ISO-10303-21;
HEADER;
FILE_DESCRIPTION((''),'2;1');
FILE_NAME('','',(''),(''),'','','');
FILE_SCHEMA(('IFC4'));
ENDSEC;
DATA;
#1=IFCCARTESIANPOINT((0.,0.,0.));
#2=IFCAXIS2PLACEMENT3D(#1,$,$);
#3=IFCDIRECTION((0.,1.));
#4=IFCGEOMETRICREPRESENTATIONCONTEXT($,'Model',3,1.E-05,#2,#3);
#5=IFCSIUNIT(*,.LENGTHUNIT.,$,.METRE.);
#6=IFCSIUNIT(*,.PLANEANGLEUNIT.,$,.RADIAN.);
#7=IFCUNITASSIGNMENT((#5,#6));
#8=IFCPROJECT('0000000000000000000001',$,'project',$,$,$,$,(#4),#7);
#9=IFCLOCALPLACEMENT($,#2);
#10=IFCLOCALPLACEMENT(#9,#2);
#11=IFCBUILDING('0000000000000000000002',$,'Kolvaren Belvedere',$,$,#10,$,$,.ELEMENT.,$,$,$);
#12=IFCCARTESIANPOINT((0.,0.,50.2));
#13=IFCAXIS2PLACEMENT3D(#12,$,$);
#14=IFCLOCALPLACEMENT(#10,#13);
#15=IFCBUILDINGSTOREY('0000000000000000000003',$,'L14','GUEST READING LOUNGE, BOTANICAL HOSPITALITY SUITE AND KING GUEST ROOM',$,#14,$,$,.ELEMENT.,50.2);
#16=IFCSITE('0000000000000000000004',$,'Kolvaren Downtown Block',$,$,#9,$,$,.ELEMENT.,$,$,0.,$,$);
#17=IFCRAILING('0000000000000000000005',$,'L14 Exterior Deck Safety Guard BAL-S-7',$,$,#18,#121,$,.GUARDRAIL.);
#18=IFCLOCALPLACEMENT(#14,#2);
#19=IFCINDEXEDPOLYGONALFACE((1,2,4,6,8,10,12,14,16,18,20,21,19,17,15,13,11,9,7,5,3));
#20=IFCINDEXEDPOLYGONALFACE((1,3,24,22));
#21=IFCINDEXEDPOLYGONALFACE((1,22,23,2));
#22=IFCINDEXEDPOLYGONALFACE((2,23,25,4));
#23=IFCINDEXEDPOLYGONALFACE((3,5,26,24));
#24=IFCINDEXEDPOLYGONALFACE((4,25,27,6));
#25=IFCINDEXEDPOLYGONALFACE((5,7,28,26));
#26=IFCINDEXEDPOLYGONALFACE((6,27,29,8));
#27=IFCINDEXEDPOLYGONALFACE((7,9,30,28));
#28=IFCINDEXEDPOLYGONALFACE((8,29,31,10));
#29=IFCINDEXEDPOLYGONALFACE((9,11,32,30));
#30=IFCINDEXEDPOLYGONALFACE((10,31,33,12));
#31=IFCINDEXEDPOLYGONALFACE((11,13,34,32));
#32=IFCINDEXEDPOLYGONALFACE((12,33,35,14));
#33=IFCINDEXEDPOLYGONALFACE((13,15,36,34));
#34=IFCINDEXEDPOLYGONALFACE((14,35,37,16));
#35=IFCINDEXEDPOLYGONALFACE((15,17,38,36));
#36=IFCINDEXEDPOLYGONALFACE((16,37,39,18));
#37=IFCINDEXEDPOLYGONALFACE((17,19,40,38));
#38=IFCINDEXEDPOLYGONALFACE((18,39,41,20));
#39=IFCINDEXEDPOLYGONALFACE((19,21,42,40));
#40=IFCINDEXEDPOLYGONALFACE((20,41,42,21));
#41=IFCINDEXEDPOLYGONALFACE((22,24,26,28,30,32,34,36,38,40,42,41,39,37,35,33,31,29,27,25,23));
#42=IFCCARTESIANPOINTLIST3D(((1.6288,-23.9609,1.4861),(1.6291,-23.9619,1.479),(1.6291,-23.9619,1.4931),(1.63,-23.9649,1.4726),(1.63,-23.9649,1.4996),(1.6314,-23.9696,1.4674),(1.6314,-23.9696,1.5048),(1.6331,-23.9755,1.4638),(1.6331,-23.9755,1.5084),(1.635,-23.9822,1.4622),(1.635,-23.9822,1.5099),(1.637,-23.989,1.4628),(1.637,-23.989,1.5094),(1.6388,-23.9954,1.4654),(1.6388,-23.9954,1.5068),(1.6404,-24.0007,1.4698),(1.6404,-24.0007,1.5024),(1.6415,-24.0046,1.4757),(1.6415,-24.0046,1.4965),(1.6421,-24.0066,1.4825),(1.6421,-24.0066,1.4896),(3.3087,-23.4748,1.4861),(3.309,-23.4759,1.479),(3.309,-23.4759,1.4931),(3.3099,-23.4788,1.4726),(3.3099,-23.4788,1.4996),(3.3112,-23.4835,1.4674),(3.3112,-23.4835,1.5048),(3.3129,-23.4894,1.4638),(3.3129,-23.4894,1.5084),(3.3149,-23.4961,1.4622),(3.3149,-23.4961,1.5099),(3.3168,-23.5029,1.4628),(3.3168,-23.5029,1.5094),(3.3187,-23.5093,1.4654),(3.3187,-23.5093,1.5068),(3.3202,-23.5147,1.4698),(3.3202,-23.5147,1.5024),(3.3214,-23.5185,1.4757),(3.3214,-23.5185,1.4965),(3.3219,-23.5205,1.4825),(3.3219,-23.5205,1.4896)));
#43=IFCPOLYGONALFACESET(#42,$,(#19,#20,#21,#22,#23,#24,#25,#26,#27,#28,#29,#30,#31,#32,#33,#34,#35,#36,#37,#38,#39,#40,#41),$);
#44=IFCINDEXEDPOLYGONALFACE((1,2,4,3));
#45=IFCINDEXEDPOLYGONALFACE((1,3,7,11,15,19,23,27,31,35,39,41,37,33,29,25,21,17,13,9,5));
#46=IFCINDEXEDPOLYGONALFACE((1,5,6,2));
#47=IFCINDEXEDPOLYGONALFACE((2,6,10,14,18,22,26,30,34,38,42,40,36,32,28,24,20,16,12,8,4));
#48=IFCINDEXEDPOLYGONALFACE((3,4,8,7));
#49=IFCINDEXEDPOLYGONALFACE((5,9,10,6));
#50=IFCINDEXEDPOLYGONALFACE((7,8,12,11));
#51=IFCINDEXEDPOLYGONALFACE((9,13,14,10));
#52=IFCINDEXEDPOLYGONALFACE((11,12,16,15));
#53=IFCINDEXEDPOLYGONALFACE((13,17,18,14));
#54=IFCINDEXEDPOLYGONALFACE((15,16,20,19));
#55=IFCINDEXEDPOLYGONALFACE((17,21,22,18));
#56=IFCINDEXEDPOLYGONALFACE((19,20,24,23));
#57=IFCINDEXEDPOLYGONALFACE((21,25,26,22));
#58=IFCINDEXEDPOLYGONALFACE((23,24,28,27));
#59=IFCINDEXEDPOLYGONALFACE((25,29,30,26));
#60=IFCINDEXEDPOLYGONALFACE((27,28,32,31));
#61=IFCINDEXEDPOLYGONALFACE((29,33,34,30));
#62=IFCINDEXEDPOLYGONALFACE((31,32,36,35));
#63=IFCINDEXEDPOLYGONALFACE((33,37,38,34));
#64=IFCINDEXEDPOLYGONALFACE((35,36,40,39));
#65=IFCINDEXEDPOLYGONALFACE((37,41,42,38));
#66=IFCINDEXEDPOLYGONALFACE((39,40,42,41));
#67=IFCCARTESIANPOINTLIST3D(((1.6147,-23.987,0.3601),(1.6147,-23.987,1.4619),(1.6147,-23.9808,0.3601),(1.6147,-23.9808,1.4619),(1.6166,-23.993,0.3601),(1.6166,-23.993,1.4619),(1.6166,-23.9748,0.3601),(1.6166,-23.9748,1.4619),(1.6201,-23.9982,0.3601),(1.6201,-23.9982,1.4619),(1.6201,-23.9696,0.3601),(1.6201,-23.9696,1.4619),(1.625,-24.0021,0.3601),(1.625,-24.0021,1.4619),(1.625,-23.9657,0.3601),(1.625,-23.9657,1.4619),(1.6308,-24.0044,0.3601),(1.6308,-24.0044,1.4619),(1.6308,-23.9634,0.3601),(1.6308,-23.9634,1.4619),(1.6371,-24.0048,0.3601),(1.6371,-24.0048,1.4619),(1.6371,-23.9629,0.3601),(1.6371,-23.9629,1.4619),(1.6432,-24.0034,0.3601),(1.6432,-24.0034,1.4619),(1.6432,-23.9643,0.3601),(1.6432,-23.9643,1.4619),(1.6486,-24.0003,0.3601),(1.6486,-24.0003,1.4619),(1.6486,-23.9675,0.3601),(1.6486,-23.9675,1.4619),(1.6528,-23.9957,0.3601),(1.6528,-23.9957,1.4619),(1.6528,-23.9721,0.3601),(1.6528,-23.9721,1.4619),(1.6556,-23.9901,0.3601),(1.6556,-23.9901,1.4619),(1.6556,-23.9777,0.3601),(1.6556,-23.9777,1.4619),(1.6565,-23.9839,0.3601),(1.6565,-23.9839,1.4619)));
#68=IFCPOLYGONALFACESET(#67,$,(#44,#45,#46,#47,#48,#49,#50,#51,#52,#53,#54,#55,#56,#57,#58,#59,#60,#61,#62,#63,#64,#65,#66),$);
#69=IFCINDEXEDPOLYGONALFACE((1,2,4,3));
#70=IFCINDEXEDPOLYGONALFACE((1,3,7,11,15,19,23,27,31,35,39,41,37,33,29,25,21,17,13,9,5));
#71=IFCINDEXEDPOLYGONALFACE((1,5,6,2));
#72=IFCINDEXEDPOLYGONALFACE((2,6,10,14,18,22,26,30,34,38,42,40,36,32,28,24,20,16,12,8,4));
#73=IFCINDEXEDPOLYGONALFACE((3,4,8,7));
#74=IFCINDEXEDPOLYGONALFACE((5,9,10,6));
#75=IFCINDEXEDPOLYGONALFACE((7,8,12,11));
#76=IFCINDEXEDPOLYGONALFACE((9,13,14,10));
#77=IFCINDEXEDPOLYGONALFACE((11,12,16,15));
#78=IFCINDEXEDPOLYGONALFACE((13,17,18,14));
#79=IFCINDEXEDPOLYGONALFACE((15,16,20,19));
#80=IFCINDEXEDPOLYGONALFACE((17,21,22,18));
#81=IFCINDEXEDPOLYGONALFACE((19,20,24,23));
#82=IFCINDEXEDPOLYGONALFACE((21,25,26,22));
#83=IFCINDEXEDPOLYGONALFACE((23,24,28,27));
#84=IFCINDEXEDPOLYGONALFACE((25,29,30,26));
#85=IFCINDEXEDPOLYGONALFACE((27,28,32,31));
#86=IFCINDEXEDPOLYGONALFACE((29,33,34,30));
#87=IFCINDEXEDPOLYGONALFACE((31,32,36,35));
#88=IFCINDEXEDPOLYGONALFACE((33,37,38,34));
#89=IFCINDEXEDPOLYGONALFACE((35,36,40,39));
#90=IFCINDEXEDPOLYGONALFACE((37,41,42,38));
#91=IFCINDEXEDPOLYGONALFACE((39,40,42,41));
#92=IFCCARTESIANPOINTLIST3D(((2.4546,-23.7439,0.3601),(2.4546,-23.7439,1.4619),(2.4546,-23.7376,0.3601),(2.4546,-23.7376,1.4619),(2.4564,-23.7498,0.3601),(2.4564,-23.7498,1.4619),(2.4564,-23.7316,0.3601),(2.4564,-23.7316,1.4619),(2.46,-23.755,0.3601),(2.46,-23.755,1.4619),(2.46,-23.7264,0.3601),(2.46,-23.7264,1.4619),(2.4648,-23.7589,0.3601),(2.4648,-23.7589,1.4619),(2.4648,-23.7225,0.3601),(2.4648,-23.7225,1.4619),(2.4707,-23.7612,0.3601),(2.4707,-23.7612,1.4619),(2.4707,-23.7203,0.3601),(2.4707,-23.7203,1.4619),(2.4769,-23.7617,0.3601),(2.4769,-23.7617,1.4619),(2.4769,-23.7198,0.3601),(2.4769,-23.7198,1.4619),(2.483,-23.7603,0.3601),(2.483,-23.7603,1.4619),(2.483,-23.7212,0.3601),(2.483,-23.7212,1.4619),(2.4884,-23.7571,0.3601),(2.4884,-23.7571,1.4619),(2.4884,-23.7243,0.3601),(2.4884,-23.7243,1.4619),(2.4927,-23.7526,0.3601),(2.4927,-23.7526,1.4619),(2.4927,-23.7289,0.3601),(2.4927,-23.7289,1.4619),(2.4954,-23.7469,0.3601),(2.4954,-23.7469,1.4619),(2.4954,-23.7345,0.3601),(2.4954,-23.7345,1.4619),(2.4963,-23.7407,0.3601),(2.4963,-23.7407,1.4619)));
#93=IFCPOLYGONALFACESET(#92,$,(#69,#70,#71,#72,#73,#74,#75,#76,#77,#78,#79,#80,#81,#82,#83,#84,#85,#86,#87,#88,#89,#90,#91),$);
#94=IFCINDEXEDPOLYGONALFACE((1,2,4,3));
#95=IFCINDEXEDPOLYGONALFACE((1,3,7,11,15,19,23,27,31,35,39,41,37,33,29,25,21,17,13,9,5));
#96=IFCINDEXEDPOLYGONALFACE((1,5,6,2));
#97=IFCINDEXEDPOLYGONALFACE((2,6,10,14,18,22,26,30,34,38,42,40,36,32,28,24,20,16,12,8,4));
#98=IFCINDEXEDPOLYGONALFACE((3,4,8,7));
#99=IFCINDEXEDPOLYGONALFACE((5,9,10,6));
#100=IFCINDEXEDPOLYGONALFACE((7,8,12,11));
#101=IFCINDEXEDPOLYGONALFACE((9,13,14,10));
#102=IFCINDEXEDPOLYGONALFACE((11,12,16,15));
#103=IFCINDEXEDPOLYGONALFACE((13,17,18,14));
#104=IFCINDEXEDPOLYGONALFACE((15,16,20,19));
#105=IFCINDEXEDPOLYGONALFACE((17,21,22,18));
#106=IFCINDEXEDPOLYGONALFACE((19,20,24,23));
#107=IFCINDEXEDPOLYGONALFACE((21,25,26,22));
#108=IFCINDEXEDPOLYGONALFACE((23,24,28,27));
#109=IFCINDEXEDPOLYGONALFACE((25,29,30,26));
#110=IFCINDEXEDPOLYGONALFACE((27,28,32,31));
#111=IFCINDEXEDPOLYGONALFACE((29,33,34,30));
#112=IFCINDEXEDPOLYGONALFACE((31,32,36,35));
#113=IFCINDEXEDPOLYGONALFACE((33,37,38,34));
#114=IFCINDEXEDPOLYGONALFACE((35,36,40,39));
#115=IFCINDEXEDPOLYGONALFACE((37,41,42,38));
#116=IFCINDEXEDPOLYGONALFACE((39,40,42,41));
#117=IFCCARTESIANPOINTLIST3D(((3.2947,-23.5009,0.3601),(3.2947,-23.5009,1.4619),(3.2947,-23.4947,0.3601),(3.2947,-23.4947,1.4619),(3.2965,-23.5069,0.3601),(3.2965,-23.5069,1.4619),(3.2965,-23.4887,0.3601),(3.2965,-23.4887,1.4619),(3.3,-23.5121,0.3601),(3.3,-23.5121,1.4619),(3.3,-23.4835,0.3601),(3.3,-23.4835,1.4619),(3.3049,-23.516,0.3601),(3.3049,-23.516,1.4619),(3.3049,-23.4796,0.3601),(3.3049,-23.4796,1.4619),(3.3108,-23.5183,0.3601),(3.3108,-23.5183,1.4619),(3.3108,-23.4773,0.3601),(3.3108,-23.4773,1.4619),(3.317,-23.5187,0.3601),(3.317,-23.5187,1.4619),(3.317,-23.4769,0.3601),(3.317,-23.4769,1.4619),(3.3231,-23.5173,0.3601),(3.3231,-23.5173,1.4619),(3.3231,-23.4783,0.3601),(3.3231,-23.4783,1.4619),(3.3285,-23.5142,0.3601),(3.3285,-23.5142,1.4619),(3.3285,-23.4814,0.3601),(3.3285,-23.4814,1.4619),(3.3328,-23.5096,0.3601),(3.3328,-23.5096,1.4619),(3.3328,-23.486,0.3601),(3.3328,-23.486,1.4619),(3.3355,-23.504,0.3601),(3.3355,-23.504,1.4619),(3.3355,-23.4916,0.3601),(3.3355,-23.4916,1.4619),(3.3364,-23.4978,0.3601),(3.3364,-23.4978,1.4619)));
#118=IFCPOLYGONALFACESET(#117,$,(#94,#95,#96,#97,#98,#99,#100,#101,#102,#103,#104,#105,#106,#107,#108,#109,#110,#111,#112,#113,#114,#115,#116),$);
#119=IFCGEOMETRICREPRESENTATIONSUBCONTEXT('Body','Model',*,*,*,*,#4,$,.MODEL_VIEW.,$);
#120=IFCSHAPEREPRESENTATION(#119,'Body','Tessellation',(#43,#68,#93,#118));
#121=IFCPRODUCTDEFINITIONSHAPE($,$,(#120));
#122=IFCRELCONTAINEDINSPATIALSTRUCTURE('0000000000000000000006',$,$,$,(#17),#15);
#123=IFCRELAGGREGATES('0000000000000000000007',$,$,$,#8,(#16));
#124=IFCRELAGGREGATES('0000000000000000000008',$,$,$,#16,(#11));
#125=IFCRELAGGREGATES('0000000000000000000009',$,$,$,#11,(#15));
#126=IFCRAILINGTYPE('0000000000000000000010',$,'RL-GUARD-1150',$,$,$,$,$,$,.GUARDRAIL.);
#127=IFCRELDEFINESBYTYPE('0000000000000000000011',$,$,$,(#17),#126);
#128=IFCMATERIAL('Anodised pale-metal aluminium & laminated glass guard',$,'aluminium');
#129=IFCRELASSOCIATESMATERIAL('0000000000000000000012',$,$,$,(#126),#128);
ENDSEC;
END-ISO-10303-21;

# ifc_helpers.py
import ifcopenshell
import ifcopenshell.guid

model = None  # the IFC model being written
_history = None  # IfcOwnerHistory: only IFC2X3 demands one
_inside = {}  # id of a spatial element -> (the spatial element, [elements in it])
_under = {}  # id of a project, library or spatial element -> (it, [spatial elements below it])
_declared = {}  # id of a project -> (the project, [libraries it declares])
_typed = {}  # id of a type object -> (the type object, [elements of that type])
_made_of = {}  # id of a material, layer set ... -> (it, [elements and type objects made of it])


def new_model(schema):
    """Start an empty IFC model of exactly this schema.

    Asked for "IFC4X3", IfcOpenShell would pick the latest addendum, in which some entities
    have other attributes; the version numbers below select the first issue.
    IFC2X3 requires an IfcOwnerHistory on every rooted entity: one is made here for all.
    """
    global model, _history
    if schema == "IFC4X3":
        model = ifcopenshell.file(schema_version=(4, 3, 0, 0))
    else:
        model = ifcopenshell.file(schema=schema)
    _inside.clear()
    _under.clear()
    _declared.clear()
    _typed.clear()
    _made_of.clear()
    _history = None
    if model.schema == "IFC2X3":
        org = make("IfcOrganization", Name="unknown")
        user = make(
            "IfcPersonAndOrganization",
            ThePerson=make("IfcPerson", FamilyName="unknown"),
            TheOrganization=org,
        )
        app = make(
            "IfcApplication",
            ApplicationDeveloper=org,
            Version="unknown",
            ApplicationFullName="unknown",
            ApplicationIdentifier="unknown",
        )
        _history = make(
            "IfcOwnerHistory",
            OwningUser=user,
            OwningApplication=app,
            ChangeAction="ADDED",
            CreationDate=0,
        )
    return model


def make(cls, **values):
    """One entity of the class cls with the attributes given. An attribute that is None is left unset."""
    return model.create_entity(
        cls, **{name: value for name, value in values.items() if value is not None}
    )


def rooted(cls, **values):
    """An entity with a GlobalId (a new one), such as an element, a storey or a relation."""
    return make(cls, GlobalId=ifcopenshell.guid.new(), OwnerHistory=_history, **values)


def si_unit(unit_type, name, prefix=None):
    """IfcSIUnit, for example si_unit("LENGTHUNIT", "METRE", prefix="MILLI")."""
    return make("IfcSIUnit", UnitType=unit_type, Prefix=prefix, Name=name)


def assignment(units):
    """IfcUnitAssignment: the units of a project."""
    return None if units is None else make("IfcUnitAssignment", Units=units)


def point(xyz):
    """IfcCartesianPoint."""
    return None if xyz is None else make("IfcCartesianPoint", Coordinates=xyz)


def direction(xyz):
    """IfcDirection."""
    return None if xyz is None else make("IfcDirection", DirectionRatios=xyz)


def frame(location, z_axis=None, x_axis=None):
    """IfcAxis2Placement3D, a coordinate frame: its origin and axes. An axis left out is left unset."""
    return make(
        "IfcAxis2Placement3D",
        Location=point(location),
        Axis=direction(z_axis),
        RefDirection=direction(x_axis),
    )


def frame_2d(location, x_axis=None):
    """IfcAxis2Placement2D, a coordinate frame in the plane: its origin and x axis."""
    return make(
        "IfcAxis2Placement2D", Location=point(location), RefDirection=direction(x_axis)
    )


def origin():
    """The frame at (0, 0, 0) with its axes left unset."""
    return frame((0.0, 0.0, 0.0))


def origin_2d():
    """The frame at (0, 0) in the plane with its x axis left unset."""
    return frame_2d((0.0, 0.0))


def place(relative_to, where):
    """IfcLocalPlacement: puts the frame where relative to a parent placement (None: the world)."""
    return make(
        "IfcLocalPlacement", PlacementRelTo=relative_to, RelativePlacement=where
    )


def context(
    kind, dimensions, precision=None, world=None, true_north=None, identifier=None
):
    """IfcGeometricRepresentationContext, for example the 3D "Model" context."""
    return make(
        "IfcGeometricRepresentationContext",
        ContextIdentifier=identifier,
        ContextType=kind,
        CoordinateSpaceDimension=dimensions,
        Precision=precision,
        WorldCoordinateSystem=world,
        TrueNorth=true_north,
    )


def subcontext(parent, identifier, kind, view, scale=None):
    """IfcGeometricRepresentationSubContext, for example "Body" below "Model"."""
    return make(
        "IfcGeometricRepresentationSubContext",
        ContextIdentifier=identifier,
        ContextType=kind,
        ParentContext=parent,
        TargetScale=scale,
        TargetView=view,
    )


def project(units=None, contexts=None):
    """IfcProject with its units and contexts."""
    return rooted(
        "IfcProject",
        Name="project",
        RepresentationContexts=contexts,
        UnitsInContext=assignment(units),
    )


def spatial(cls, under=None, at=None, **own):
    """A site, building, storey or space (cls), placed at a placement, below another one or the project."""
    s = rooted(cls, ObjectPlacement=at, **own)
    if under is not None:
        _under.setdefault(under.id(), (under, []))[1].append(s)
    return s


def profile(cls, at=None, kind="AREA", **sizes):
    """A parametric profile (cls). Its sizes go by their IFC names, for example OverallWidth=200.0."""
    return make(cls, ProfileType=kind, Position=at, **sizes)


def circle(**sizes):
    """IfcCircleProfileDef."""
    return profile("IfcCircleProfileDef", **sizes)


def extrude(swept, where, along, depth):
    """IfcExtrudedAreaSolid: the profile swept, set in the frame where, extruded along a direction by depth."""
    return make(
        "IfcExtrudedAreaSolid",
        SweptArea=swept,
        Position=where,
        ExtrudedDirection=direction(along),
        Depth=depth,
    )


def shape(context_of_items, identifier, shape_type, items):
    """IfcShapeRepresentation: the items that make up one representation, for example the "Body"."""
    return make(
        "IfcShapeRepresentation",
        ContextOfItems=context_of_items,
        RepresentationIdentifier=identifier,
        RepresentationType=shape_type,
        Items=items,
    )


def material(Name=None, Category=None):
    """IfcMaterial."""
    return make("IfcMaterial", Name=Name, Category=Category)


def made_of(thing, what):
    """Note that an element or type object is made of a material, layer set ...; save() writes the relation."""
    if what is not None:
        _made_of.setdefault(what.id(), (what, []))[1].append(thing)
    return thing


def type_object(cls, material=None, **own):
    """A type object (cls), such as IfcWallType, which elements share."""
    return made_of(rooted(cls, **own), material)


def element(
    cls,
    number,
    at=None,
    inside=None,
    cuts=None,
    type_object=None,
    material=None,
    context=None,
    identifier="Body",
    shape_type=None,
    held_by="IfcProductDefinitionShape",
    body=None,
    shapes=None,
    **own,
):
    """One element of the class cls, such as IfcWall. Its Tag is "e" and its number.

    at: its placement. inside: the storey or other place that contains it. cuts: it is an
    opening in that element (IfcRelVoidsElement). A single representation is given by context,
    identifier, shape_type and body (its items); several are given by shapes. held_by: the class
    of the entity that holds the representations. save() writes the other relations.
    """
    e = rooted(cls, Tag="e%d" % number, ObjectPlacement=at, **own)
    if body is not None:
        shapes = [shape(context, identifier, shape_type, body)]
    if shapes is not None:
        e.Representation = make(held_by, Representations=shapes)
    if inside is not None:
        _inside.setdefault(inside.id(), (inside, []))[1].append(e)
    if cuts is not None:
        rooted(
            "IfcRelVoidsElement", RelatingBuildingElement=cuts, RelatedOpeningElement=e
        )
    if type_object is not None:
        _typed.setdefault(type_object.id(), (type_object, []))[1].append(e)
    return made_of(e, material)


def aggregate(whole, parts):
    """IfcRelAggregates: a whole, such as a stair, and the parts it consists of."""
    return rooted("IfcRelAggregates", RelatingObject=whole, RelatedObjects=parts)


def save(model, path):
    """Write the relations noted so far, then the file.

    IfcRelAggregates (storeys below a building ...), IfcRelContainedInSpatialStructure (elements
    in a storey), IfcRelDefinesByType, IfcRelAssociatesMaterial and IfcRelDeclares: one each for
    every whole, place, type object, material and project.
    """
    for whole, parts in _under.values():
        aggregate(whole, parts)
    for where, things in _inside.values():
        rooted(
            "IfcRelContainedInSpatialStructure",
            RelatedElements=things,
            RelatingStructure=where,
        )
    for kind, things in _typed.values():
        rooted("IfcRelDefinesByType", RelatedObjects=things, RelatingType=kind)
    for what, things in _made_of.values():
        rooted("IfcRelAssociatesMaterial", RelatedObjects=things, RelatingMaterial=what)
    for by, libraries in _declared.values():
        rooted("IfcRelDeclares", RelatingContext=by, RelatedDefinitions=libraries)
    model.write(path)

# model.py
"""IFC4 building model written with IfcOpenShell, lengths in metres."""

from ifc_helpers import new_model, si_unit, direction, frame, origin, origin_2d, place, context, subcontext, project, spatial, circle, extrude, material, type_object, element, save


model = new_model("IFC4")

# Units and contexts
model_context = context("Model", 3, precision=1e-05, world=origin(), true_north=direction((0.0, 1.0)))
body_context = subcontext(model_context, "Body", "Model", "MODEL_VIEW")
ifc_project = project(units=[si_unit("LENGTHUNIT", "METRE"), si_unit("PLANEANGLEUNIT", "RADIAN")], contexts=[model_context])

# Site, building, storey
site_placement = place(None, origin())
site = spatial("IfcSite", under=ifc_project, at=site_placement, Name="Kolvaren Downtown Block", CompositionType="ELEMENT", RefElevation=0.0)
building_placement = place(site_placement, origin())
building = spatial("IfcBuilding", under=site, at=building_placement, Name="Kolvaren Belvedere", CompositionType="ELEMENT")
storey_placement = place(building_placement, frame((0.0, 0.0, 50.2)))
storey = spatial("IfcBuildingStorey", under=building, at=storey_placement, Name="L14", Description="GUEST READING LOUNGE, BOTANICAL HOSPITALITY SUITE AND KING GUEST ROOM", CompositionType="ELEMENT", Elevation=50.2)

# Railing
ifc_material_1 = material(Name="Anodised pale-metal aluminium & laminated glass guard", Category="aluminium")
railing_type = type_object("IfcRailingType", Name="RL-GUARD-1150", PredefinedType="GUARDRAIL", material=ifc_material_1)
railing_1_placement = place(storey_placement, frame((1.6355, -23.9839, 0.3601)))
element("IfcRailing", 1, at=railing_1_placement, inside=storey, type_object=railing_type, Name="L14 Exterior Deck Safety Guard BAL-S-7", PredefinedType="GUARDRAIL", context=body_context, shape_type="SweptSolid", body=[
    extrude(circle(Radius=0.0239, at=origin_2d()), frame((0.0, 0.0, 1.126), z_axis=(0.960597, 0.277946, 0.0), x_axis=(-0.277946, 0.960597, 0.0)), (0.0, 0.0, 1.0), 1.7488),
    extrude(circle(Radius=0.021, at=origin_2d()), origin(), (0.0, 0.0, 1.0), 1.1018),
    extrude(circle(Radius=0.021, at=origin_2d()), frame((0.8398, 0.2432, 0.0)), (0.0, 0.0, 1.0), 1.1018),
    extrude(circle(Radius=0.021, at=origin_2d()), frame((1.6799, 0.4861, 0.0)), (0.0, 0.0, 1.0), 1.1018),
])

save(model, "model.ifc")
